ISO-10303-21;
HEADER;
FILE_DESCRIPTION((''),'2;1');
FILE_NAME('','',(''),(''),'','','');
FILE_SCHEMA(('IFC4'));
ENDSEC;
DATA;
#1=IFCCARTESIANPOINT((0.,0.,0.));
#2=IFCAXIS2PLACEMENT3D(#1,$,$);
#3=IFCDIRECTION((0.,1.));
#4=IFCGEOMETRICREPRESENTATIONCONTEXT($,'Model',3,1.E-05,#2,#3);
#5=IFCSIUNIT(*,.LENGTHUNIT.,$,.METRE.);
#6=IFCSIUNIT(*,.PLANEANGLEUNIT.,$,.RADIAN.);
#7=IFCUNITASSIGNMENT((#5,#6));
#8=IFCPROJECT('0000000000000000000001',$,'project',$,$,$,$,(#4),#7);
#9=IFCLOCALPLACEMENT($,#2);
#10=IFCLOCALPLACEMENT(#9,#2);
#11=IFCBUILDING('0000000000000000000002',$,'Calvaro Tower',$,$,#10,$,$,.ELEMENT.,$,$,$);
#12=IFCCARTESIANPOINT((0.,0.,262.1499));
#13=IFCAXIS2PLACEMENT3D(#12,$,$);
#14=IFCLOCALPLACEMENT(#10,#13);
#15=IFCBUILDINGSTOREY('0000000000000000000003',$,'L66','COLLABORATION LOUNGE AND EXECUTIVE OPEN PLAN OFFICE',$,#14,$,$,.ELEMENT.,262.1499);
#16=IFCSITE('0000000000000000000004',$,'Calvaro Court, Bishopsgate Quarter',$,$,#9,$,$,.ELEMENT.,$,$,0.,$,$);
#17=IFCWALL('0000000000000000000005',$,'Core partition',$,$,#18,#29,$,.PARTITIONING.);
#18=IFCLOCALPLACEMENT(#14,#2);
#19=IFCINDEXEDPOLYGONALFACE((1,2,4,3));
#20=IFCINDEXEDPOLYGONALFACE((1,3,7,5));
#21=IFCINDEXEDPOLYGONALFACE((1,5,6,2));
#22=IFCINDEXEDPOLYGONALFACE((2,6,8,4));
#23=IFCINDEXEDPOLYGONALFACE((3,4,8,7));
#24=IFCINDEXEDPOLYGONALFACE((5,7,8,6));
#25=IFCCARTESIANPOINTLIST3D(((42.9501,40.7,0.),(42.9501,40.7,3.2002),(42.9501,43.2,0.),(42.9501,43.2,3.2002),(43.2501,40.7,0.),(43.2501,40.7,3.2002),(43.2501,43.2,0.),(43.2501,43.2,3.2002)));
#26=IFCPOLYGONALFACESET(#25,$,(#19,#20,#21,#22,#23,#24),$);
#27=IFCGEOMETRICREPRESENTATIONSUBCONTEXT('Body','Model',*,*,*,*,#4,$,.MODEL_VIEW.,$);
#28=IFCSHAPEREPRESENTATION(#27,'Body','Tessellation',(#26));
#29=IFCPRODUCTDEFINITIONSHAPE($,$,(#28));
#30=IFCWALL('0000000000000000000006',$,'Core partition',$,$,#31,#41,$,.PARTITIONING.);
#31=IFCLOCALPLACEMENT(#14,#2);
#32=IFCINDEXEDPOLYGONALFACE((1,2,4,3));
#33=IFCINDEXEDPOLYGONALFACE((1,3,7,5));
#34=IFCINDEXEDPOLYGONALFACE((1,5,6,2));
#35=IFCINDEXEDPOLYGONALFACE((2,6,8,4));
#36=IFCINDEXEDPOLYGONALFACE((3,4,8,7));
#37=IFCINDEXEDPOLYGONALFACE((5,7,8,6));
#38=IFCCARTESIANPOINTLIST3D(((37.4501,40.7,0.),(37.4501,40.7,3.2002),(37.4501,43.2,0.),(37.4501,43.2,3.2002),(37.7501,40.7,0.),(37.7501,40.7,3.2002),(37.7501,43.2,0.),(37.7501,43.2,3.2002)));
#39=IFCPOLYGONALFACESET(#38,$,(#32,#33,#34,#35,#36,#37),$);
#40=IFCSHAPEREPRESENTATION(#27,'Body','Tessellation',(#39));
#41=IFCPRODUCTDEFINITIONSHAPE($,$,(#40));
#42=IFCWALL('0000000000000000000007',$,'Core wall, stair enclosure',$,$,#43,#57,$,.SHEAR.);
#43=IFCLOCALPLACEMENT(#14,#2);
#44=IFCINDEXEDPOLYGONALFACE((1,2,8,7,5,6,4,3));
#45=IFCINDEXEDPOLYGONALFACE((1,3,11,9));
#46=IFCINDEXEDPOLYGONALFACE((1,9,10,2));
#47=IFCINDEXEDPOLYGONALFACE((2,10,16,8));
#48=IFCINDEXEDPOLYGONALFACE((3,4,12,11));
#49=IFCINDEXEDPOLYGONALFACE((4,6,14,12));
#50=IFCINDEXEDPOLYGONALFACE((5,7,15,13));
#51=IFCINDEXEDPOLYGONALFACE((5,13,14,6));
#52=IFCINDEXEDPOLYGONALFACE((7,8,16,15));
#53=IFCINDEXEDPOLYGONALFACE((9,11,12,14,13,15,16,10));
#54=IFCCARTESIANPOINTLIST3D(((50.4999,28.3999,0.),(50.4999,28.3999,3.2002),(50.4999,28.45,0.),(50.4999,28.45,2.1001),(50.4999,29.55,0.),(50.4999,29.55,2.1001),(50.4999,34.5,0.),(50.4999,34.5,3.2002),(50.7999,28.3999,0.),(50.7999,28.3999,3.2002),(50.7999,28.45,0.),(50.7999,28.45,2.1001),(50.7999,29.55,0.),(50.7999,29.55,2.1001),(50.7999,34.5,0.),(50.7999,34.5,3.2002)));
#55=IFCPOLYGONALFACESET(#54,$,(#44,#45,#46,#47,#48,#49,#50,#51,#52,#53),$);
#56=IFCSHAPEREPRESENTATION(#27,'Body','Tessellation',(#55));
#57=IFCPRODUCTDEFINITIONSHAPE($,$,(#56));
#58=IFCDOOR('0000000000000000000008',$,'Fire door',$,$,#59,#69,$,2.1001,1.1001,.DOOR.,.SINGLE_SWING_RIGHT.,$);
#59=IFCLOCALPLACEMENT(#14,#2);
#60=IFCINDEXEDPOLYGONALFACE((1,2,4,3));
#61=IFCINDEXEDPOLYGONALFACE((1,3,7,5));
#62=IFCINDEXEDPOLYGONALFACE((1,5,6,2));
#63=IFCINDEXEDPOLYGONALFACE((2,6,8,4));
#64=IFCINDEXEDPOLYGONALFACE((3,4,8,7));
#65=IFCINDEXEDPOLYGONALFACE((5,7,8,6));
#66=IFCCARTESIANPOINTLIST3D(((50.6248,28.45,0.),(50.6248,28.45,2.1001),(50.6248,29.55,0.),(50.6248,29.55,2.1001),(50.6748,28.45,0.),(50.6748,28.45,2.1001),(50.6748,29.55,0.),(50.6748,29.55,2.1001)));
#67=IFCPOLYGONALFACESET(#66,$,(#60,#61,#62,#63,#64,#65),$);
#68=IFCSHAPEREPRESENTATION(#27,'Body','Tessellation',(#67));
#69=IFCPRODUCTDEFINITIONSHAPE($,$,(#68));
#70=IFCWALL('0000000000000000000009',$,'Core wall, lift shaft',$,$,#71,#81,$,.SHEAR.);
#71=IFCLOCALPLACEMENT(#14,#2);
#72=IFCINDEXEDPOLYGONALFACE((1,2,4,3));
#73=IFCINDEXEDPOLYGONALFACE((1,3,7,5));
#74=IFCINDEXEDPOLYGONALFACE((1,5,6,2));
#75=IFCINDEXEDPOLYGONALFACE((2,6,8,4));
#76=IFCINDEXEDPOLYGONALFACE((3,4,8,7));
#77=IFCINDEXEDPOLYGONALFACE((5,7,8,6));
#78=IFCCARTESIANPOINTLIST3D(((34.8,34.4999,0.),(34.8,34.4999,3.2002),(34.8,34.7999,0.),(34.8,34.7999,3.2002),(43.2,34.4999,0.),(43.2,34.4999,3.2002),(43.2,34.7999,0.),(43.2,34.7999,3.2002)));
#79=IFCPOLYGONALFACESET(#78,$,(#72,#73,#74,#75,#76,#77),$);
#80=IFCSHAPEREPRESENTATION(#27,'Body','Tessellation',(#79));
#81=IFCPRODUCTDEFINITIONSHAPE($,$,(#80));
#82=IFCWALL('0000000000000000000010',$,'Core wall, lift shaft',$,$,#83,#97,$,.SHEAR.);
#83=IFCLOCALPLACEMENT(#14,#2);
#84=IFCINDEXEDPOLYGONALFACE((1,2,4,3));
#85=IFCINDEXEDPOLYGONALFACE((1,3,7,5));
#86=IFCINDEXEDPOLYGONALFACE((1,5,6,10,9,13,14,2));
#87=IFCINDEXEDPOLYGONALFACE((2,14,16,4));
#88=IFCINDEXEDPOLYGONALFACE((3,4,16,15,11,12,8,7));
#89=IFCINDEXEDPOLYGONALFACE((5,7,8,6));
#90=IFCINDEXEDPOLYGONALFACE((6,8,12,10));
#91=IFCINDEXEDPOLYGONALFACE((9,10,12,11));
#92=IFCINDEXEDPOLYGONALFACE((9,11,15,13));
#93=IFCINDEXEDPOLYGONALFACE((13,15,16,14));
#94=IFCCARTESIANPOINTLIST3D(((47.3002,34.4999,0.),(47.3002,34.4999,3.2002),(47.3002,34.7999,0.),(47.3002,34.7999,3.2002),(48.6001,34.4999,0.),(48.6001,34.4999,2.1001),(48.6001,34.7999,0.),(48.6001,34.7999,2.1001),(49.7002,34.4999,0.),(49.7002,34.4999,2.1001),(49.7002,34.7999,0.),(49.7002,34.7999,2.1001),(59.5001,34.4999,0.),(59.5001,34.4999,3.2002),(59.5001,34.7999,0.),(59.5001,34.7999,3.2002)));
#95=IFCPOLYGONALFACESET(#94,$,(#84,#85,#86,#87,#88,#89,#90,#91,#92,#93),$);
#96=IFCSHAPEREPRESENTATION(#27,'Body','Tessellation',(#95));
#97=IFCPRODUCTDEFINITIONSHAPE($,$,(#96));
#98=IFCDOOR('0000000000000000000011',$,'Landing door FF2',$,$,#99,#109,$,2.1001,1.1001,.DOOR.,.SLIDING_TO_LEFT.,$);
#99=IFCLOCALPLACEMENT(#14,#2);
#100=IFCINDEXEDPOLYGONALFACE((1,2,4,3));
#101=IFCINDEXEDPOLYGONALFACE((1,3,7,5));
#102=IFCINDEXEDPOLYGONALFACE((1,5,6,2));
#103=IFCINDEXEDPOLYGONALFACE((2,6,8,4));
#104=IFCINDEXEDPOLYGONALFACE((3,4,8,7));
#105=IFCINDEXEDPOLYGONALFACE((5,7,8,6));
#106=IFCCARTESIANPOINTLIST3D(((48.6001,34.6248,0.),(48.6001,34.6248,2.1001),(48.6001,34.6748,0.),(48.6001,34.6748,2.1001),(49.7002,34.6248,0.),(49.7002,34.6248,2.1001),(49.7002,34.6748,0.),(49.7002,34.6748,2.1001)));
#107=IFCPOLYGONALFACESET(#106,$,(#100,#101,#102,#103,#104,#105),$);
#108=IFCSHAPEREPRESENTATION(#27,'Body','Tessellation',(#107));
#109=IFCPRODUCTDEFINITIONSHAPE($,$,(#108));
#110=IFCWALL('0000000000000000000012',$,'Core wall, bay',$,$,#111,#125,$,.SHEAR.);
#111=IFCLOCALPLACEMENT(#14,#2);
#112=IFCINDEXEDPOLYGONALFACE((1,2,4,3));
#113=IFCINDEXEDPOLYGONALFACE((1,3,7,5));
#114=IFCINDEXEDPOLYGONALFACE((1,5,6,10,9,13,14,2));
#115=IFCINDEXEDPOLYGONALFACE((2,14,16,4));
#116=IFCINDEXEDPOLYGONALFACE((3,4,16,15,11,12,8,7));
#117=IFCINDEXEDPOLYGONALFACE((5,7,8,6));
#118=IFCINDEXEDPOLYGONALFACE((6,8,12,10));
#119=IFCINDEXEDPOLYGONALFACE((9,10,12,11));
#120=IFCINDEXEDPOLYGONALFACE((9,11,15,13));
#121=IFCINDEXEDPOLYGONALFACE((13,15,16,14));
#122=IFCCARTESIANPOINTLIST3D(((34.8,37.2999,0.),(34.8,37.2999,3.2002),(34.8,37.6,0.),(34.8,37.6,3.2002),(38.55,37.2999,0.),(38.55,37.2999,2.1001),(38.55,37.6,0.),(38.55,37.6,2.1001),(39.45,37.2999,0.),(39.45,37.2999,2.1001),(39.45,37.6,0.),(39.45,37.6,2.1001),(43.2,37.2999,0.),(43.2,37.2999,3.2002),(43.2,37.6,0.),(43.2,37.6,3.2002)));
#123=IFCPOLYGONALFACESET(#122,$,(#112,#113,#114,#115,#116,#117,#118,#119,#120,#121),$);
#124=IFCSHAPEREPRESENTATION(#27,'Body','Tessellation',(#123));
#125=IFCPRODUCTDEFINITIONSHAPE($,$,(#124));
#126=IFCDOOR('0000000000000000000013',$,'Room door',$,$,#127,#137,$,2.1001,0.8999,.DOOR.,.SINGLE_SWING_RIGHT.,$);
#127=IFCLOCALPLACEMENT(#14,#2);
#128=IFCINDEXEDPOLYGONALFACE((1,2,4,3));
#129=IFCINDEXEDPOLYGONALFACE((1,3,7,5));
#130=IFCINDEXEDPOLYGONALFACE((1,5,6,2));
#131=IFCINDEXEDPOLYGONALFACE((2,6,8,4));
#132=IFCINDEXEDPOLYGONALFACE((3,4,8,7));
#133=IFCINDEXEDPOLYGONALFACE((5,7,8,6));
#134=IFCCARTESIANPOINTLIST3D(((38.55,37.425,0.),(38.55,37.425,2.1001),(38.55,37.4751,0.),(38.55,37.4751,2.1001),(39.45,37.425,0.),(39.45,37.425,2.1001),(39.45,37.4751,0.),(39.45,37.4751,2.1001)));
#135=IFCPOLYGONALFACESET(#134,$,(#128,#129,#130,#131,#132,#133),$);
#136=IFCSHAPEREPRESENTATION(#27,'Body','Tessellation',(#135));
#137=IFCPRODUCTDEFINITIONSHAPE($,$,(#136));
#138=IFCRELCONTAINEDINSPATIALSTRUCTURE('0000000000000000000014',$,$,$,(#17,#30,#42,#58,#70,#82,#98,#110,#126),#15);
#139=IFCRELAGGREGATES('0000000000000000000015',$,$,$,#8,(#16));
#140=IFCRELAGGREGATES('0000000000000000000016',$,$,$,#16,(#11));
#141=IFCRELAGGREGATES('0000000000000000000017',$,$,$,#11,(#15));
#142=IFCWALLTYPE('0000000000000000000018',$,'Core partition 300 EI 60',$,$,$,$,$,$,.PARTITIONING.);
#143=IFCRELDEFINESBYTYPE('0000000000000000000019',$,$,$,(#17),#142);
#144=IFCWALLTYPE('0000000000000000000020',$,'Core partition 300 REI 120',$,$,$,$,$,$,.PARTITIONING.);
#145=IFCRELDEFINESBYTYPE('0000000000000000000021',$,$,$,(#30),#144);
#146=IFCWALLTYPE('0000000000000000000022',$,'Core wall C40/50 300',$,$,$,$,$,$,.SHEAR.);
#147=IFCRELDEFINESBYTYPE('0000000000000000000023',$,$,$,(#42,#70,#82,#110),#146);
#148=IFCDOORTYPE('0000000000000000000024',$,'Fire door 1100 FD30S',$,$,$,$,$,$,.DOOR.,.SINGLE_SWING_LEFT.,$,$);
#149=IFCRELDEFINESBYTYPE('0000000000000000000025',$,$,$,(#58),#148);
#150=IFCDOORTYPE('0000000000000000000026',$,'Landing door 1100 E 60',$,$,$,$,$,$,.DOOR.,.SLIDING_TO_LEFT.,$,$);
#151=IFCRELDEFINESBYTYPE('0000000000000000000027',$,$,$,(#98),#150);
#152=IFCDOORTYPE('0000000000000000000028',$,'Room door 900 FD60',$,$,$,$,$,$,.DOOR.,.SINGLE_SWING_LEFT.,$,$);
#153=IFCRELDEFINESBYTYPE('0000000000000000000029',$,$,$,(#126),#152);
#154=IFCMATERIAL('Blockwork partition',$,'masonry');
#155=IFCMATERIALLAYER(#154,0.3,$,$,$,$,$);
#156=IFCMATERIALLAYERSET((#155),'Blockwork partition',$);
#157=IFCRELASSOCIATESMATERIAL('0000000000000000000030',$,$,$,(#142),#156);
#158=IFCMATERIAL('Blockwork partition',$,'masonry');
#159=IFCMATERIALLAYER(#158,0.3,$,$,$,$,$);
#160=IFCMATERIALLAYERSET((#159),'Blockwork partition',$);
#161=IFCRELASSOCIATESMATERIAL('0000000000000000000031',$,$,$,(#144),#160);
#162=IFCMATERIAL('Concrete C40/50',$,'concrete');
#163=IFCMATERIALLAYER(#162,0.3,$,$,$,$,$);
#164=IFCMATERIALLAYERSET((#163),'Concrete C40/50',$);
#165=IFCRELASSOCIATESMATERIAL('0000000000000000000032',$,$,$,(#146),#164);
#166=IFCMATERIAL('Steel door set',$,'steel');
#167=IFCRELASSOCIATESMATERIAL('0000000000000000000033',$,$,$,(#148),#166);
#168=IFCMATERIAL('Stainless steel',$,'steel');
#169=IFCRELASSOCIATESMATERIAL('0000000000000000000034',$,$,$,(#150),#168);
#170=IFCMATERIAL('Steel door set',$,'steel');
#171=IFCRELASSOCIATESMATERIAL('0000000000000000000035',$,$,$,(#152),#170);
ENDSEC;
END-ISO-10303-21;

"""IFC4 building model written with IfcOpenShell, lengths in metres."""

from ifc_helpers import new_model, si_unit, direction, frame, frame_2d, origin, place, context, subcontext, project, spatial, rectangle, extrude, material, layer, layer_set, type_object, element, fill, save


model = new_model("IFC4")

# Units and contexts
model_context = context("Model", 3, precision=1e-05, world=origin(), true_north=direction((0.0, 1.0)))
body_context = subcontext(model_context, "Body", "Model", "MODEL_VIEW")
ifc_project = project(units=[si_unit("LENGTHUNIT", "METRE"), si_unit("PLANEANGLEUNIT", "RADIAN")], contexts=[model_context])

# Site, building, storey
site_placement = place(None, origin())
site = spatial("IfcSite", under=ifc_project, at=site_placement, Name="Calvaro Court, Bishopsgate Quarter", CompositionType="ELEMENT", RefElevation=0.0)
building_placement = place(site_placement, origin())
building = spatial("IfcBuilding", under=site, at=building_placement, Name="Calvaro Tower", CompositionType="ELEMENT")
storey_placement = place(building_placement, frame((0.0, 0.0, 262.1499)))
storey = spatial("IfcBuildingStorey", under=building, at=storey_placement, Name="L66", Description="COLLABORATION LOUNGE AND EXECUTIVE OPEN PLAN OFFICE", CompositionType="ELEMENT", Elevation=262.1499)

# Walls
ifc_material_1 = material(Name="Blockwork partition", Category="masonry")
ifc_layer_1 = layer(ifc_material_1, 0.3)
ifc_layer_set_1 = layer_set([ifc_layer_1], Name="Blockwork partition")
wall_type_1 = type_object("IfcWallType", Name="Core partition 300 EI 60", PredefinedType="PARTITIONING", material=ifc_layer_set_1)
wall_1_placement = place(storey_placement, frame((43.1001, 40.7, 0.0), z_axis=(0.0, 0.0, 1.0), x_axis=(0.0, 1.0, 0.0)))
element("IfcWall", 1, at=wall_1_placement, inside=storey, type_object=wall_type_1, Name="Core partition", PredefinedType="PARTITIONING", context=body_context, shape_type="SweptSolid", body=[
    extrude(rectangle(XDim=2.5, YDim=0.3, at=frame_2d((1.25, 0.0))), origin(), (0.0, 0.0, 1.0), 3.2002),
])
ifc_material_2 = material(Name="Blockwork partition", Category="masonry")
ifc_layer_2 = layer(ifc_material_2, 0.3)
ifc_layer_set_2 = layer_set([ifc_layer_2], Name="Blockwork partition")
wall_type_2 = type_object("IfcWallType", Name="Core partition 300 REI 120", PredefinedType="PARTITIONING", material=ifc_layer_set_2)
wall_2_placement = place(storey_placement, frame((37.6001, 40.7, 0.0), z_axis=(0.0, 0.0, 1.0), x_axis=(0.0, 1.0, 0.0)))
element("IfcWall", 2, at=wall_2_placement, inside=storey, type_object=wall_type_2, Name="Core partition", PredefinedType="PARTITIONING", context=body_context, shape_type="SweptSolid", body=[
    extrude(rectangle(XDim=2.5, YDim=0.3, at=frame_2d((1.25, 0.0))), origin(), (0.0, 0.0, 1.0), 3.2002),
])

# Wall, opening, door
ifc_material_3 = material(Name="Concrete C40/50", Category="concrete")
ifc_layer_3 = layer(ifc_material_3, 0.3)
ifc_layer_set_3 = layer_set([ifc_layer_3], Name="Concrete C40/50")
wall_type_3 = type_object("IfcWallType", Name="Core wall C40/50 300", PredefinedType="SHEAR", material=ifc_layer_set_3)
wall_3_placement = place(storey_placement, frame((50.6499, 34.5, 0.0), z_axis=(0.0, 0.0, 1.0), x_axis=(0.0, -1.0, 0.0)))
wall_3 = element("IfcWall", 3, at=wall_3_placement, inside=storey, type_object=wall_type_3, Name="Core wall, stair enclosure", PredefinedType="SHEAR", context=body_context, shape_type="SweptSolid", body=[
    extrude(rectangle(XDim=6.1001, YDim=0.3, at=frame_2d((3.05, 0.0))), origin(), (0.0, 0.0, 1.0), 3.2002),
])
opening_1_placement = place(wall_3_placement, frame((4.95, 0.0, 0.0)))
opening_1 = element("IfcOpeningElement", 4, at=opening_1_placement, cuts=wall_3, PredefinedType="OPENING", context=body_context, shape_type="SweptSolid", body=[
    extrude(rectangle(XDim=1.1001, YDim=2.1001, at=frame_2d((0.55, 1.05))), frame((0.0, 0.1599, 0.0), z_axis=(0.0, -1.0, 0.0), x_axis=(1.0, 0.0, 0.0)), (0.0, 0.0, 1.0), 0.3201),
])
ifc_material_4 = material(Name="Steel door set", Category="steel")
door_type_1 = type_object("IfcDoorType", Name="Fire door 1100 FD30S", OperationType="SINGLE_SWING_LEFT", PredefinedType="DOOR", material=ifc_material_4)
door_1_placement = place(opening_1_placement, origin())
door_1 = element("IfcDoor", 5, at=door_1_placement, inside=storey, type_object=door_type_1, Name="Fire door", OperationType="SINGLE_SWING_RIGHT", OverallHeight=2.1001, OverallWidth=1.1001, PredefinedType="DOOR", context=body_context, shape_type="SweptSolid", body=[
    extrude(rectangle(XDim=1.1001, YDim=2.1001, at=frame_2d((0.55, 1.05))), frame((0.0, 0.0249, 0.0), z_axis=(0.0, -1.0, 0.0), x_axis=(1.0, 0.0, 0.0)), (0.0, 0.0, 1.0), 0.05),
])
fill(opening_1, door_1)

# Wall
wall_4_placement = place(storey_placement, frame((34.8, 34.6499, 0.0), z_axis=(0.0, 0.0, 1.0), x_axis=(1.0, 0.0, 0.0)))
element("IfcWall", 6, at=wall_4_placement, inside=storey, type_object=wall_type_3, Name="Core wall, lift shaft", PredefinedType="SHEAR", context=body_context, shape_type="SweptSolid", body=[
    extrude(rectangle(XDim=8.3999, YDim=0.3, at=frame_2d((4.2, 0.0))), origin(), (0.0, 0.0, 1.0), 3.2002),
])

# Walls, openings, doors
wall_5_placement = place(storey_placement, frame((47.3, 34.6499, 0.0), z_axis=(0.0, 0.0, 1.0), x_axis=(1.0, 0.0, 0.0)))
wall_5 = element("IfcWall", 7, at=wall_5_placement, inside=storey, type_object=wall_type_3, Name="Core wall, lift shaft", PredefinedType="SHEAR", context=body_context, shape_type="SweptSolid", body=[
    extrude(rectangle(XDim=12.2, YDim=0.3, at=frame_2d((6.1001, 0.0))), origin(), (0.0, 0.0, 1.0), 3.2002),
])
opening_2_placement = place(wall_5_placement, frame((1.3, 0.0, 0.0)))
opening_2 = element("IfcOpeningElement", 8, at=opening_2_placement, cuts=wall_5, PredefinedType="OPENING", context=body_context, shape_type="SweptSolid", body=[
    extrude(rectangle(XDim=1.1001, YDim=2.1001, at=frame_2d((0.55, 1.05))), frame((0.0, 0.1599, 0.0), z_axis=(0.0, -1.0, 0.0), x_axis=(1.0, 0.0, 0.0)), (0.0, 0.0, 1.0), 0.3201),
])
ifc_material_5 = material(Name="Stainless steel", Category="steel")
door_type_2 = type_object("IfcDoorType", Name="Landing door 1100 E 60", OperationType="SLIDING_TO_LEFT", PredefinedType="DOOR", material=ifc_material_5)
door_2_placement = place(opening_2_placement, origin())
door_2 = element("IfcDoor", 9, at=door_2_placement, inside=storey, type_object=door_type_2, Name="Landing door FF2", OperationType="SLIDING_TO_LEFT", OverallHeight=2.1001, OverallWidth=1.1001, PredefinedType="DOOR", context=body_context, shape_type="SweptSolid", body=[
    extrude(rectangle(XDim=1.1001, YDim=2.1001, at=frame_2d((0.55, 1.05))), frame((0.0, 0.0249, 0.0), z_axis=(0.0, -1.0, 0.0), x_axis=(1.0, 0.0, 0.0)), (0.0, 0.0, 1.0), 0.05),
])
fill(opening_2, door_2)
wall_6_placement = place(storey_placement, frame((43.2, 37.45, 0.0), z_axis=(0.0, 0.0, 1.0), x_axis=(-1.0, 0.0, 0.0)))
wall_6 = element("IfcWall", 10, at=wall_6_placement, inside=storey, type_object=wall_type_3, Name="Core wall, bay", PredefinedType="SHEAR", context=body_context, shape_type="SweptSolid", body=[
    extrude(rectangle(XDim=8.3999, YDim=0.3, at=frame_2d((4.2, 0.0))), origin(), (0.0, 0.0, 1.0), 3.2002),
])
opening_3_placement = place(wall_6_placement, frame((3.75, 0.0, 0.0)))
opening_3 = element("IfcOpeningElement", 11, at=opening_3_placement, cuts=wall_6, PredefinedType="OPENING", context=body_context, shape_type="SweptSolid", body=[
    extrude(rectangle(XDim=0.8999, YDim=2.1001, at=frame_2d((0.45, 1.05))), frame((0.0, 0.1599, 0.0), z_axis=(0.0, -1.0, 0.0), x_axis=(1.0, 0.0, 0.0)), (0.0, 0.0, 1.0), 0.3201),
])
ifc_material_6 = material(Name="Steel door set", Category="steel")
door_type_3 = type_object("IfcDoorType", Name="Room door 900 FD60", OperationType="SINGLE_SWING_LEFT", PredefinedType="DOOR", material=ifc_material_6)
door_3_placement = place(opening_3_placement, origin())
door_3 = element("IfcDoor", 12, at=door_3_placement, inside=storey, type_object=door_type_3, Name="Room door", OperationType="SINGLE_SWING_RIGHT", OverallHeight=2.1001, OverallWidth=0.8999, PredefinedType="DOOR", context=body_context, shape_type="SweptSolid", body=[
    extrude(rectangle(XDim=0.8999, YDim=2.1001, at=frame_2d((0.45, 1.05))), frame((0.0, 0.0249, 0.0), z_axis=(0.0, -1.0, 0.0), x_axis=(1.0, 0.0, 0.0)), (0.0, 0.0, 1.0), 0.05),
])
fill(opening_3, door_3)

save(model, "model.ifc")
